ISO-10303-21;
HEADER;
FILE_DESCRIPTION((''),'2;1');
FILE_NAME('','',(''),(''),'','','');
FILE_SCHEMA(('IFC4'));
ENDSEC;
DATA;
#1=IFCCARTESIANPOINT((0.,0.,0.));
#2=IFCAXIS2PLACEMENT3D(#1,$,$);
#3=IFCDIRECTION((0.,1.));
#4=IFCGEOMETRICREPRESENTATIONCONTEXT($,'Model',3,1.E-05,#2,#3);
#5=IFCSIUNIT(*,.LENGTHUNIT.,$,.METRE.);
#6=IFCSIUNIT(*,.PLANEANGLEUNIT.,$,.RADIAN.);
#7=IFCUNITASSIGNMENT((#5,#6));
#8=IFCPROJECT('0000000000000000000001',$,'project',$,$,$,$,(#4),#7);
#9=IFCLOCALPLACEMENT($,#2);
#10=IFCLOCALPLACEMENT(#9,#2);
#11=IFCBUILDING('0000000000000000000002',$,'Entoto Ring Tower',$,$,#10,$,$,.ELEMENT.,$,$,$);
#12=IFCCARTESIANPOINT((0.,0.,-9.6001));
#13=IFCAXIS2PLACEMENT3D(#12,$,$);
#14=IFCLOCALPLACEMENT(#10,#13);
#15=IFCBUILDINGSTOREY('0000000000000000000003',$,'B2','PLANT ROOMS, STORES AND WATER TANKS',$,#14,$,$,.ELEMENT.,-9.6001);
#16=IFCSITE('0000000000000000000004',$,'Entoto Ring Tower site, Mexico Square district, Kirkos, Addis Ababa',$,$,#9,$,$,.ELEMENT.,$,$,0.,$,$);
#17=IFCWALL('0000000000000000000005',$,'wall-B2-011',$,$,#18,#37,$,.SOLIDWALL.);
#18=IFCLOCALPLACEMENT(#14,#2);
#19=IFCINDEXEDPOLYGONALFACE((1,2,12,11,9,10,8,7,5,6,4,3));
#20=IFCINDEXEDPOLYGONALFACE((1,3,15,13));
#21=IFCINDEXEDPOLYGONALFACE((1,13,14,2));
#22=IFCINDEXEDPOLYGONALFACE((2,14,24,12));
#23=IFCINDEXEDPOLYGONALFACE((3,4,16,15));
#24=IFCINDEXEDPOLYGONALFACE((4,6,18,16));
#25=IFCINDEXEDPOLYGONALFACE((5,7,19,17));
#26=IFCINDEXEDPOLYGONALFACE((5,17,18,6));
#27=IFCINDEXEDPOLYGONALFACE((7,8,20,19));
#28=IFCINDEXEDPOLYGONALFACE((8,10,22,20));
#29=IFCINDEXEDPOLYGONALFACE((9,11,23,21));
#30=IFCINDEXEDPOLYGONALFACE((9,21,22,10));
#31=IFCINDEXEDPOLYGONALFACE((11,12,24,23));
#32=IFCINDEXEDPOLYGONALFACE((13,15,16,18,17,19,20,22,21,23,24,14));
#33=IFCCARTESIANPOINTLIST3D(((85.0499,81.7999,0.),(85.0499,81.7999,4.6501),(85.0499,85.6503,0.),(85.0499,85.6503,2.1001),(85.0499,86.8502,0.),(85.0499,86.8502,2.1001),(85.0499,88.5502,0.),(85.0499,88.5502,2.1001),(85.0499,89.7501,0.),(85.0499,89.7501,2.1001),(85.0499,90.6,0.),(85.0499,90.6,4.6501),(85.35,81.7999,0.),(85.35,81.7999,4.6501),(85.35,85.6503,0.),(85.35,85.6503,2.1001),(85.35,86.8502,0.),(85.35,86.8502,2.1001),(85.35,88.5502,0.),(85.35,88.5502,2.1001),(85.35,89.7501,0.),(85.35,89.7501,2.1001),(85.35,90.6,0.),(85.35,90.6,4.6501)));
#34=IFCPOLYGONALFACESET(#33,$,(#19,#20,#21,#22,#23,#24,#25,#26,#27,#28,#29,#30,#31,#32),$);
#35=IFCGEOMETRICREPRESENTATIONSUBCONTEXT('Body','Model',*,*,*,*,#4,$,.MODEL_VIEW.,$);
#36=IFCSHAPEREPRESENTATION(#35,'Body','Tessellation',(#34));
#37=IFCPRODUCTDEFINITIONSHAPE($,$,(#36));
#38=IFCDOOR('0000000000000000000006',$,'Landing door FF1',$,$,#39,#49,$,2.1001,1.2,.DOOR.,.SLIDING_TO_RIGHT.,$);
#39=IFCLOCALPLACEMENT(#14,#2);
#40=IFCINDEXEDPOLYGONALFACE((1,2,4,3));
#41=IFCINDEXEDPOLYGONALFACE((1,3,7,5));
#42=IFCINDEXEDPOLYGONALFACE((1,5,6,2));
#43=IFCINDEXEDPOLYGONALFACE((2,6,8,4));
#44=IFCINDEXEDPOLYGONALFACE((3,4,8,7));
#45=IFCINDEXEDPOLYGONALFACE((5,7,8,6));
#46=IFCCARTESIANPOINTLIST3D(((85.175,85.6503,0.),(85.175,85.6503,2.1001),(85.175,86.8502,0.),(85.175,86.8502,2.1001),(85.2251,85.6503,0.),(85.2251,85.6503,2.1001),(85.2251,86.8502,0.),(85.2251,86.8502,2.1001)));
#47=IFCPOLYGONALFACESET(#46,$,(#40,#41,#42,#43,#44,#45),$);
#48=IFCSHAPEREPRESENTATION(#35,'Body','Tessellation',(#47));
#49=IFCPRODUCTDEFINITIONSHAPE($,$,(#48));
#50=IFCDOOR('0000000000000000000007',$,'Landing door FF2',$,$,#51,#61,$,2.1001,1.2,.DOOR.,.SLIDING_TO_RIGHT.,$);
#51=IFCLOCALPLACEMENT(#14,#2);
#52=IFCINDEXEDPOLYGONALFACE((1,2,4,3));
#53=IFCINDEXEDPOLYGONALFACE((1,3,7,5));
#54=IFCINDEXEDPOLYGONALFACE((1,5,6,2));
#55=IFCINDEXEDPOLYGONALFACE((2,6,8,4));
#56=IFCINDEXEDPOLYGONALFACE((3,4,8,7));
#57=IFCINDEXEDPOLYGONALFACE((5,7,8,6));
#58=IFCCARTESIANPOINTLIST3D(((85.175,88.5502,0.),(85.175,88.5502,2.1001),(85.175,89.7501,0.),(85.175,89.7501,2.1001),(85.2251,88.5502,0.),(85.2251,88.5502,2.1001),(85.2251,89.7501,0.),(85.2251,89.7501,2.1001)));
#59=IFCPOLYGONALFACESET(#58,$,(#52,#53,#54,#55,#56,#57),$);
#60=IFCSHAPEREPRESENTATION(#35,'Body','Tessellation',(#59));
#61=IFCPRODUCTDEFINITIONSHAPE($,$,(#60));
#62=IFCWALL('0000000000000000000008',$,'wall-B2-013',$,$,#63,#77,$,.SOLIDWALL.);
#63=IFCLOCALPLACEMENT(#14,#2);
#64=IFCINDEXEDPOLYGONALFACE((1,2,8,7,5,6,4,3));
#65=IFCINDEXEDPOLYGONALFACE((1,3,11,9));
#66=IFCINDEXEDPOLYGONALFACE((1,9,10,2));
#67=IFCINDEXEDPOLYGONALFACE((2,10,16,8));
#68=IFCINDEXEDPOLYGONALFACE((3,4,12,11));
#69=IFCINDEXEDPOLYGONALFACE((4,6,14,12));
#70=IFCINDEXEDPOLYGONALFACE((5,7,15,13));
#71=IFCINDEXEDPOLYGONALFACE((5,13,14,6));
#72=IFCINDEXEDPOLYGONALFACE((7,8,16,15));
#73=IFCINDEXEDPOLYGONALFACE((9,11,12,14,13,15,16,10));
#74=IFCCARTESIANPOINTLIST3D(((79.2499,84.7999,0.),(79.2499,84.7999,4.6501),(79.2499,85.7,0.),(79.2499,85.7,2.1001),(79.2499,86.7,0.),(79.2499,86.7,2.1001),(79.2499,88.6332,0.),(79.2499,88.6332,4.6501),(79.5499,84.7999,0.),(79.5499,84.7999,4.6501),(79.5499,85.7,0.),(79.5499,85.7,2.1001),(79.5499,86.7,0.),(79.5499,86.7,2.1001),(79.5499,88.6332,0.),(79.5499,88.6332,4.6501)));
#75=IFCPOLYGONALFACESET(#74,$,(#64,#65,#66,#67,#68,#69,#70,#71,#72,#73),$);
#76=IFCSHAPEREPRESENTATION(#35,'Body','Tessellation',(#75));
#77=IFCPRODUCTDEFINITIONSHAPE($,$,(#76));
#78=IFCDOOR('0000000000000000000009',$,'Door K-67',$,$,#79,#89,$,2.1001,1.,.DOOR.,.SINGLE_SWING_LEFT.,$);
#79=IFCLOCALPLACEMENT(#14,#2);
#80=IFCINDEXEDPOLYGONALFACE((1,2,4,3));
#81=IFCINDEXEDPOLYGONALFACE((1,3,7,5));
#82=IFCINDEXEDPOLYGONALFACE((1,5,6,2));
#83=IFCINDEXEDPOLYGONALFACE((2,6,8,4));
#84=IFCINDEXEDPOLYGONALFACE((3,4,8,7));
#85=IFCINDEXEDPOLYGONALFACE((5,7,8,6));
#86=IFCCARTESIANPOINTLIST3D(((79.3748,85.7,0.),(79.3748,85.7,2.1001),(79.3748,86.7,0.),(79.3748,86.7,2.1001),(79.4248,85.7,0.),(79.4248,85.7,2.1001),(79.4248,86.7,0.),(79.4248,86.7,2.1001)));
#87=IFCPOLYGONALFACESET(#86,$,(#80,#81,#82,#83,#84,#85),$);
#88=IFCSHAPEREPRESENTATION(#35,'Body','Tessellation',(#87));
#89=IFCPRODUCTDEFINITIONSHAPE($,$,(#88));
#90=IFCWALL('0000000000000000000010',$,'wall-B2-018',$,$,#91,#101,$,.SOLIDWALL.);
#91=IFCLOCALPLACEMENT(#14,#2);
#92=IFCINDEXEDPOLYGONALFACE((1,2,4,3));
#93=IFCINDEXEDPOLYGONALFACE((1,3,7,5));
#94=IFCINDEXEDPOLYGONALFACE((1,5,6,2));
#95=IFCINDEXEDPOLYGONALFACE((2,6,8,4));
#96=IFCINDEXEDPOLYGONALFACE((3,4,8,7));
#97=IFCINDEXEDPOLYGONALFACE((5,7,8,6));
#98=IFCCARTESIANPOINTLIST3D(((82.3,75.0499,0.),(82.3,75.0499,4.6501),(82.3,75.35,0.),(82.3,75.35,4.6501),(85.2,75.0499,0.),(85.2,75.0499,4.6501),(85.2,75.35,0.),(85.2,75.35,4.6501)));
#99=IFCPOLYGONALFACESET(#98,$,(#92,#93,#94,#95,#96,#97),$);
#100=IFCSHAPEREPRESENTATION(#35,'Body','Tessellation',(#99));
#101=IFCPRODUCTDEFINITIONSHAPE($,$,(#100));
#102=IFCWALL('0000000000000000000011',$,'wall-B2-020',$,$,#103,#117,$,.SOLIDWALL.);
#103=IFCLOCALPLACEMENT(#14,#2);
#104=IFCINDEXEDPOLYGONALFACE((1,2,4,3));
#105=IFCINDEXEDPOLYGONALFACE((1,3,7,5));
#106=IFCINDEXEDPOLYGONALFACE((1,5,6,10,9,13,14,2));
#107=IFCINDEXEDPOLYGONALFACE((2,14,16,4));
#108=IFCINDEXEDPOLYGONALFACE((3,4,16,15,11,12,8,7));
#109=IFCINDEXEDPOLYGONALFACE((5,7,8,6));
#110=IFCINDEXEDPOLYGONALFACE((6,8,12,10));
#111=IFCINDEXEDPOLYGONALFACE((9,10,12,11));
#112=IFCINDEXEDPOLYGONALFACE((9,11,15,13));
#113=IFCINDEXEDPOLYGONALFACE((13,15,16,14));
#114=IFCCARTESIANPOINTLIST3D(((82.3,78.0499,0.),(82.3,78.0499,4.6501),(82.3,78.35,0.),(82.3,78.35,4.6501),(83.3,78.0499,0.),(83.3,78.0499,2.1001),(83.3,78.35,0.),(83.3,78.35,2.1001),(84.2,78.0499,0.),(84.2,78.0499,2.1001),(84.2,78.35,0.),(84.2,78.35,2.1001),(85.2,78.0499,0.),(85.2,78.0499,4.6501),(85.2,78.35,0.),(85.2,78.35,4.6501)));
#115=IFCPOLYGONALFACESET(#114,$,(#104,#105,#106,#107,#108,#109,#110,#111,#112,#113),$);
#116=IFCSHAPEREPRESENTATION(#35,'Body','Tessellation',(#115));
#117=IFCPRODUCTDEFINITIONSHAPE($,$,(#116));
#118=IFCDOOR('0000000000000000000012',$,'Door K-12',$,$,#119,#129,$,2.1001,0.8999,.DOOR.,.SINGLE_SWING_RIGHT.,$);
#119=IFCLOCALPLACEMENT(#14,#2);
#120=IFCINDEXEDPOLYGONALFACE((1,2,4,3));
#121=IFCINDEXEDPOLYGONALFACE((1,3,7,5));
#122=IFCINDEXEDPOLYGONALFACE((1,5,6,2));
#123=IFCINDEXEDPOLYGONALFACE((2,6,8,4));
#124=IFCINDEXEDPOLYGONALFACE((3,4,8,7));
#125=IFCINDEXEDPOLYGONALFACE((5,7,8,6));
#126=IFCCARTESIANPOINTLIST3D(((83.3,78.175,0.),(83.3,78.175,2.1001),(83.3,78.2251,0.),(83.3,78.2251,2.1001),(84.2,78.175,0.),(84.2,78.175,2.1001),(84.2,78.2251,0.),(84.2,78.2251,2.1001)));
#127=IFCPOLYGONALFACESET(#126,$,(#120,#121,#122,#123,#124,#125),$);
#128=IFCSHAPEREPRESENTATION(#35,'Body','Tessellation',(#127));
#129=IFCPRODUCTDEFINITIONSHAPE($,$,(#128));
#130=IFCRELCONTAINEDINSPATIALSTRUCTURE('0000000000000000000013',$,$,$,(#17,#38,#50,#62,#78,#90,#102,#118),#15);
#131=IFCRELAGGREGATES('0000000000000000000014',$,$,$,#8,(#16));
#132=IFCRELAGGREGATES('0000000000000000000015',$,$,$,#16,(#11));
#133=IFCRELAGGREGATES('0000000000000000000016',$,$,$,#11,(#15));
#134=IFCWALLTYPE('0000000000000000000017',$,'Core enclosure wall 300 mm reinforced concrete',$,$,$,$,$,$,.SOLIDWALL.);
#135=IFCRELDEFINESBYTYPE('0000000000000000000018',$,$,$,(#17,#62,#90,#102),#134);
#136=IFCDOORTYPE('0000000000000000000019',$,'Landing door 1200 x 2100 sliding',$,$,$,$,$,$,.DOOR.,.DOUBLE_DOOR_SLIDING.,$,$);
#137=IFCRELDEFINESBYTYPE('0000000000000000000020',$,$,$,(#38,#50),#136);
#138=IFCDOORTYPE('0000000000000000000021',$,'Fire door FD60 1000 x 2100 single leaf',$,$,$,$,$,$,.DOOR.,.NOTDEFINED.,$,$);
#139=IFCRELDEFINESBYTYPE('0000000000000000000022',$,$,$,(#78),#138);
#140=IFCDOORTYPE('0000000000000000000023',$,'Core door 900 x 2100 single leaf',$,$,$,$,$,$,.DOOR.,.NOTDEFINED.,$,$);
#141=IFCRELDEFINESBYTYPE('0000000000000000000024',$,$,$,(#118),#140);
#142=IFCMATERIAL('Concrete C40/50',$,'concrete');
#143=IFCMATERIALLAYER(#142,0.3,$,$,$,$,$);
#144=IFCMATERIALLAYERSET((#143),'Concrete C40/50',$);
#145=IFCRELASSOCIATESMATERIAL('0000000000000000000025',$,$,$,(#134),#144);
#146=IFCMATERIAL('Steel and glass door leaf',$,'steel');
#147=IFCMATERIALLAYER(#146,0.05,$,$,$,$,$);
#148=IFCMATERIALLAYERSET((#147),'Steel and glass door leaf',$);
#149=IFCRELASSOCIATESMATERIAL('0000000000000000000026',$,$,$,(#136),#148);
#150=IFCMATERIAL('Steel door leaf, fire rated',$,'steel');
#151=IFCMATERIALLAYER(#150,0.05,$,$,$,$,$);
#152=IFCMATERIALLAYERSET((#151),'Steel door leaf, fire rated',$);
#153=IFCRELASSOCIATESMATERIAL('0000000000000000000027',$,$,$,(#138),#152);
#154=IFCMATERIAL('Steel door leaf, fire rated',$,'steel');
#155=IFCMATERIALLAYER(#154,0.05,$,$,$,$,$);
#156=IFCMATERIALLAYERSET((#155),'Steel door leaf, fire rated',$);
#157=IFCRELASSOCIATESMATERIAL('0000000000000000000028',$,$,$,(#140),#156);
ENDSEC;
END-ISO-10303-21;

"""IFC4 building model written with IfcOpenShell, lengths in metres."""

from ifc_helpers import new_model, si_unit, direction, frame, frame_2d, origin, place, context, subcontext, project, spatial, rectangle, extrude, material, layer, layer_set, type_object, element, fill, save


model = new_model("IFC4")

# Units and contexts
model_context = context("Model", 3, precision=1e-05, world=origin(), true_north=direction((0.0, 1.0)))
body_context = subcontext(model_context, "Body", "Model", "MODEL_VIEW")
ifc_project = project(units=[si_unit("LENGTHUNIT", "METRE"), si_unit("PLANEANGLEUNIT", "RADIAN")], contexts=[model_context])

# Site, building, storey
site_placement = place(None, origin())
site = spatial("IfcSite", under=ifc_project, at=site_placement, Name="Entoto Ring Tower site, Mexico Square district, Kirkos, Addis Ababa", CompositionType="ELEMENT", RefElevation=0.0)
building_placement = place(site_placement, origin())
building = spatial("IfcBuilding", under=site, at=building_placement, Name="Entoto Ring Tower", CompositionType="ELEMENT")
storey_placement = place(building_placement, frame((0.0, 0.0, -9.6001)))
storey = spatial("IfcBuildingStorey", under=building, at=storey_placement, Name="B2", Description="PLANT ROOMS, STORES AND WATER TANKS", CompositionType="ELEMENT", Elevation=-9.6001)

# Shared definitions
ifc_material_1 = material(Name="Concrete C40/50", Category="concrete")
ifc_layer_1 = layer(ifc_material_1, 0.3)
ifc_layer_set_1 = layer_set([ifc_layer_1], Name="Concrete C40/50")
wall_type_1 = type_object("IfcWallType", Name="Core enclosure wall 300 mm reinforced concrete", PredefinedType="SOLIDWALL", material=ifc_layer_set_1)

# Wall, openings, doors
wall_1_placement = place(storey_placement, frame((85.2, 81.8, 0.0), z_axis=(0.0, 0.0, 1.0), x_axis=(0.0, 1.0, 0.0)))
wall_1 = element("IfcWall", 1, at=wall_1_placement, inside=storey, type_object=wall_type_1, Name="wall-B2-011", PredefinedType="SOLIDWALL", context=body_context, shape_type="SweptSolid", body=[
    extrude(rectangle(XDim=8.8, YDim=0.3, at=frame_2d((4.3999, 0.0))), origin(), (0.0, 0.0, 1.0), 4.6501),
])
opening_1_placement = place(wall_1_placement, frame((3.8501, 0.0, 0.0)))
opening_1 = element("IfcOpeningElement", 2, at=opening_1_placement, cuts=wall_1, PredefinedType="OPENING", context=body_context, shape_type="SweptSolid", body=[
    extrude(rectangle(XDim=1.2, YDim=2.1001, at=frame_2d((0.6001, 1.05))), frame((0.0, 0.1602, 0.0), z_axis=(0.0, -1.0, 0.0), x_axis=(1.0, 0.0, 0.0)), (0.0, 0.0, 1.0), 0.3201),
])
opening_2_placement = place(wall_1_placement, frame((6.75, 0.0, 0.0)))
opening_2 = element("IfcOpeningElement", 3, at=opening_2_placement, cuts=wall_1, PredefinedType="OPENING", context=body_context, shape_type="SweptSolid", body=[
    extrude(rectangle(XDim=1.2, YDim=2.1001, at=frame_2d((0.6001, 1.05))), frame((0.0, 0.1602, 0.0), z_axis=(0.0, -1.0, 0.0), x_axis=(1.0, 0.0, 0.0)), (0.0, 0.0, 1.0), 0.3201),
])
ifc_material_2 = material(Name="Steel and glass door leaf", Category="steel")
ifc_layer_2 = layer(ifc_material_2, 0.05)
ifc_layer_set_2 = layer_set([ifc_layer_2], Name="Steel and glass door leaf")
door_type_1 = type_object("IfcDoorType", Name="Landing door 1200 x 2100 sliding", OperationType="DOUBLE_DOOR_SLIDING", PredefinedType="DOOR", material=ifc_layer_set_2)
door_1_placement = place(opening_1_placement, origin())
door_1 = element("IfcDoor", 4, at=door_1_placement, inside=storey, type_object=door_type_1, Name="Landing door FF1", OperationType="SLIDING_TO_RIGHT", OverallHeight=2.1001, OverallWidth=1.2, PredefinedType="DOOR", context=body_context, shape_type="SweptSolid", body=[
    extrude(rectangle(XDim=1.2, YDim=2.1001, at=frame_2d((0.6001, 1.05))), frame((0.0, 0.0249, 0.0), z_axis=(0.0, -1.0, 0.0), x_axis=(1.0, 0.0, 0.0)), (0.0, 0.0, 1.0), 0.05),
])
fill(opening_1, door_1)
door_2_placement = place(opening_2_placement, origin())
door_2 = element("IfcDoor", 5, at=door_2_placement, inside=storey, type_object=door_type_1, Name="Landing door FF2", OperationType="SLIDING_TO_RIGHT", OverallHeight=2.1001, OverallWidth=1.2, PredefinedType="DOOR", context=body_context, shape_type="SweptSolid", body=[
    extrude(rectangle(XDim=1.2, YDim=2.1001, at=frame_2d((0.6001, 1.05))), frame((0.0, 0.0249, 0.0), z_axis=(0.0, -1.0, 0.0), x_axis=(1.0, 0.0, 0.0)), (0.0, 0.0, 1.0), 0.05),
])
fill(opening_2, door_2)

# Wall, opening, door
wall_2_placement = place(storey_placement, frame((79.3999, 84.8, 0.0), z_axis=(0.0, 0.0, 1.0), x_axis=(0.0, 1.0, 0.0)))
wall_2 = element("IfcWall", 6, at=wall_2_placement, inside=storey, type_object=wall_type_1, Name="wall-B2-013", PredefinedType="SOLIDWALL", context=body_context, shape_type="SweptSolid", body=[
    extrude(rectangle(XDim=3.8333, YDim=0.3, at=frame_2d((1.9165, 0.0))), origin(), (0.0, 0.0, 1.0), 4.6501),
])
opening_3_placement = place(wall_2_placement, frame((0.8999, 0.0, 0.0)))
opening_3 = element("IfcOpeningElement", 7, at=opening_3_placement, cuts=wall_2, PredefinedType="OPENING", context=body_context, shape_type="SweptSolid", body=[
    extrude(rectangle(XDim=1.0, YDim=2.1001, at=frame_2d((0.5, 1.05))), frame((0.0, 0.1602, 0.0), z_axis=(0.0, -1.0, 0.0), x_axis=(1.0, 0.0, 0.0)), (0.0, 0.0, 1.0), 0.3201),
])
ifc_material_3 = material(Name="Steel door leaf, fire rated", Category="steel")
ifc_layer_3 = layer(ifc_material_3, 0.05)
ifc_layer_set_3 = layer_set([ifc_layer_3], Name="Steel door leaf, fire rated")
door_type_2 = type_object("IfcDoorType", Name="Fire door FD60 1000 x 2100 single leaf", OperationType="NOTDEFINED", PredefinedType="DOOR", material=ifc_layer_set_3)
door_3_placement = place(opening_3_placement, frame((1.0, 0.0, 0.0), z_axis=(0.0, 0.0, 1.0), x_axis=(-1.0, 0.0, 0.0)))
door_3 = element("IfcDoor", 8, at=door_3_placement, inside=storey, type_object=door_type_2, Name="Door K-67", OperationType="SINGLE_SWING_LEFT", OverallHeight=2.1001, OverallWidth=1.0, PredefinedType="DOOR", context=body_context, shape_type="SweptSolid", body=[
    extrude(rectangle(XDim=1.0, YDim=2.1001, at=frame_2d((0.5, 1.05))), frame((0.0, 0.0249, 0.0), z_axis=(0.0, -1.0, 0.0), x_axis=(1.0, 0.0, 0.0)), (0.0, 0.0, 1.0), 0.05),
])
fill(opening_3, door_3)

# Wall
wall_3_placement = place(storey_placement, frame((82.3, 75.2, 0.0), z_axis=(0.0, 0.0, 1.0), x_axis=(1.0, 0.0, 0.0)))
element("IfcWall", 9, at=wall_3_placement, inside=storey, type_object=wall_type_1, Name="wall-B2-018", PredefinedType="SOLIDWALL", context=body_context, shape_type="SweptSolid", body=[
    extrude(rectangle(XDim=2.8999, YDim=0.3, at=frame_2d((1.45, 0.0))), origin(), (0.0, 0.0, 1.0), 4.6501),
])

# Wall, opening, door
wall_4_placement = place(storey_placement, frame((82.3, 78.2, 0.0), z_axis=(0.0, 0.0, 1.0), x_axis=(1.0, 0.0, 0.0)))
wall_4 = element("IfcWall", 10, at=wall_4_placement, inside=storey, type_object=wall_type_1, Name="wall-B2-020", PredefinedType="SOLIDWALL", context=body_context, shape_type="SweptSolid", body=[
    extrude(rectangle(XDim=2.8999, YDim=0.3, at=frame_2d((1.45, 0.0))), origin(), (0.0, 0.0, 1.0), 4.6501),
])
opening_4_placement = place(wall_4_placement, frame((1.0, 0.0, 0.0)))
opening_4 = element("IfcOpeningElement", 11, at=opening_4_placement, cuts=wall_4, PredefinedType="OPENING", context=body_context, shape_type="SweptSolid", body=[
    extrude(rectangle(XDim=0.8999, YDim=2.1001, at=frame_2d((0.45, 1.05))), frame((0.0, 0.1602, 0.0), z_axis=(0.0, -1.0, 0.0), x_axis=(1.0, 0.0, 0.0)), (0.0, 0.0, 1.0), 0.3201),
])
ifc_material_4 = material(Name="Steel door leaf, fire rated", Category="steel")
ifc_layer_4 = layer(ifc_material_4, 0.05)
ifc_layer_set_4 = layer_set([ifc_layer_4], Name="Steel door leaf, fire rated")
door_type_3 = type_object("IfcDoorType", Name="Core door 900 x 2100 single leaf", OperationType="NOTDEFINED", PredefinedType="DOOR", material=ifc_layer_set_4)
door_4_placement = place(opening_4_placement, frame((0.8999, 0.0, 0.0), z_axis=(0.0, 0.0, 1.0), x_axis=(-1.0, 0.0, 0.0)))
door_4 = element("IfcDoor", 12, at=door_4_placement, inside=storey, type_object=door_type_3, Name="Door K-12", OperationType="SINGLE_SWING_RIGHT", OverallHeight=2.1001, OverallWidth=0.8999, PredefinedType="DOOR", context=body_context, shape_type="SweptSolid", body=[
    extrude(rectangle(XDim=0.8999, YDim=2.1001, at=frame_2d((0.45, 1.05))), frame((0.0, 0.0249, 0.0), z_axis=(0.0, -1.0, 0.0), x_axis=(1.0, 0.0, 0.0)), (0.0, 0.0, 1.0), 0.05),
])
fill(opening_4, door_4)

save(model, "model.ifc")
